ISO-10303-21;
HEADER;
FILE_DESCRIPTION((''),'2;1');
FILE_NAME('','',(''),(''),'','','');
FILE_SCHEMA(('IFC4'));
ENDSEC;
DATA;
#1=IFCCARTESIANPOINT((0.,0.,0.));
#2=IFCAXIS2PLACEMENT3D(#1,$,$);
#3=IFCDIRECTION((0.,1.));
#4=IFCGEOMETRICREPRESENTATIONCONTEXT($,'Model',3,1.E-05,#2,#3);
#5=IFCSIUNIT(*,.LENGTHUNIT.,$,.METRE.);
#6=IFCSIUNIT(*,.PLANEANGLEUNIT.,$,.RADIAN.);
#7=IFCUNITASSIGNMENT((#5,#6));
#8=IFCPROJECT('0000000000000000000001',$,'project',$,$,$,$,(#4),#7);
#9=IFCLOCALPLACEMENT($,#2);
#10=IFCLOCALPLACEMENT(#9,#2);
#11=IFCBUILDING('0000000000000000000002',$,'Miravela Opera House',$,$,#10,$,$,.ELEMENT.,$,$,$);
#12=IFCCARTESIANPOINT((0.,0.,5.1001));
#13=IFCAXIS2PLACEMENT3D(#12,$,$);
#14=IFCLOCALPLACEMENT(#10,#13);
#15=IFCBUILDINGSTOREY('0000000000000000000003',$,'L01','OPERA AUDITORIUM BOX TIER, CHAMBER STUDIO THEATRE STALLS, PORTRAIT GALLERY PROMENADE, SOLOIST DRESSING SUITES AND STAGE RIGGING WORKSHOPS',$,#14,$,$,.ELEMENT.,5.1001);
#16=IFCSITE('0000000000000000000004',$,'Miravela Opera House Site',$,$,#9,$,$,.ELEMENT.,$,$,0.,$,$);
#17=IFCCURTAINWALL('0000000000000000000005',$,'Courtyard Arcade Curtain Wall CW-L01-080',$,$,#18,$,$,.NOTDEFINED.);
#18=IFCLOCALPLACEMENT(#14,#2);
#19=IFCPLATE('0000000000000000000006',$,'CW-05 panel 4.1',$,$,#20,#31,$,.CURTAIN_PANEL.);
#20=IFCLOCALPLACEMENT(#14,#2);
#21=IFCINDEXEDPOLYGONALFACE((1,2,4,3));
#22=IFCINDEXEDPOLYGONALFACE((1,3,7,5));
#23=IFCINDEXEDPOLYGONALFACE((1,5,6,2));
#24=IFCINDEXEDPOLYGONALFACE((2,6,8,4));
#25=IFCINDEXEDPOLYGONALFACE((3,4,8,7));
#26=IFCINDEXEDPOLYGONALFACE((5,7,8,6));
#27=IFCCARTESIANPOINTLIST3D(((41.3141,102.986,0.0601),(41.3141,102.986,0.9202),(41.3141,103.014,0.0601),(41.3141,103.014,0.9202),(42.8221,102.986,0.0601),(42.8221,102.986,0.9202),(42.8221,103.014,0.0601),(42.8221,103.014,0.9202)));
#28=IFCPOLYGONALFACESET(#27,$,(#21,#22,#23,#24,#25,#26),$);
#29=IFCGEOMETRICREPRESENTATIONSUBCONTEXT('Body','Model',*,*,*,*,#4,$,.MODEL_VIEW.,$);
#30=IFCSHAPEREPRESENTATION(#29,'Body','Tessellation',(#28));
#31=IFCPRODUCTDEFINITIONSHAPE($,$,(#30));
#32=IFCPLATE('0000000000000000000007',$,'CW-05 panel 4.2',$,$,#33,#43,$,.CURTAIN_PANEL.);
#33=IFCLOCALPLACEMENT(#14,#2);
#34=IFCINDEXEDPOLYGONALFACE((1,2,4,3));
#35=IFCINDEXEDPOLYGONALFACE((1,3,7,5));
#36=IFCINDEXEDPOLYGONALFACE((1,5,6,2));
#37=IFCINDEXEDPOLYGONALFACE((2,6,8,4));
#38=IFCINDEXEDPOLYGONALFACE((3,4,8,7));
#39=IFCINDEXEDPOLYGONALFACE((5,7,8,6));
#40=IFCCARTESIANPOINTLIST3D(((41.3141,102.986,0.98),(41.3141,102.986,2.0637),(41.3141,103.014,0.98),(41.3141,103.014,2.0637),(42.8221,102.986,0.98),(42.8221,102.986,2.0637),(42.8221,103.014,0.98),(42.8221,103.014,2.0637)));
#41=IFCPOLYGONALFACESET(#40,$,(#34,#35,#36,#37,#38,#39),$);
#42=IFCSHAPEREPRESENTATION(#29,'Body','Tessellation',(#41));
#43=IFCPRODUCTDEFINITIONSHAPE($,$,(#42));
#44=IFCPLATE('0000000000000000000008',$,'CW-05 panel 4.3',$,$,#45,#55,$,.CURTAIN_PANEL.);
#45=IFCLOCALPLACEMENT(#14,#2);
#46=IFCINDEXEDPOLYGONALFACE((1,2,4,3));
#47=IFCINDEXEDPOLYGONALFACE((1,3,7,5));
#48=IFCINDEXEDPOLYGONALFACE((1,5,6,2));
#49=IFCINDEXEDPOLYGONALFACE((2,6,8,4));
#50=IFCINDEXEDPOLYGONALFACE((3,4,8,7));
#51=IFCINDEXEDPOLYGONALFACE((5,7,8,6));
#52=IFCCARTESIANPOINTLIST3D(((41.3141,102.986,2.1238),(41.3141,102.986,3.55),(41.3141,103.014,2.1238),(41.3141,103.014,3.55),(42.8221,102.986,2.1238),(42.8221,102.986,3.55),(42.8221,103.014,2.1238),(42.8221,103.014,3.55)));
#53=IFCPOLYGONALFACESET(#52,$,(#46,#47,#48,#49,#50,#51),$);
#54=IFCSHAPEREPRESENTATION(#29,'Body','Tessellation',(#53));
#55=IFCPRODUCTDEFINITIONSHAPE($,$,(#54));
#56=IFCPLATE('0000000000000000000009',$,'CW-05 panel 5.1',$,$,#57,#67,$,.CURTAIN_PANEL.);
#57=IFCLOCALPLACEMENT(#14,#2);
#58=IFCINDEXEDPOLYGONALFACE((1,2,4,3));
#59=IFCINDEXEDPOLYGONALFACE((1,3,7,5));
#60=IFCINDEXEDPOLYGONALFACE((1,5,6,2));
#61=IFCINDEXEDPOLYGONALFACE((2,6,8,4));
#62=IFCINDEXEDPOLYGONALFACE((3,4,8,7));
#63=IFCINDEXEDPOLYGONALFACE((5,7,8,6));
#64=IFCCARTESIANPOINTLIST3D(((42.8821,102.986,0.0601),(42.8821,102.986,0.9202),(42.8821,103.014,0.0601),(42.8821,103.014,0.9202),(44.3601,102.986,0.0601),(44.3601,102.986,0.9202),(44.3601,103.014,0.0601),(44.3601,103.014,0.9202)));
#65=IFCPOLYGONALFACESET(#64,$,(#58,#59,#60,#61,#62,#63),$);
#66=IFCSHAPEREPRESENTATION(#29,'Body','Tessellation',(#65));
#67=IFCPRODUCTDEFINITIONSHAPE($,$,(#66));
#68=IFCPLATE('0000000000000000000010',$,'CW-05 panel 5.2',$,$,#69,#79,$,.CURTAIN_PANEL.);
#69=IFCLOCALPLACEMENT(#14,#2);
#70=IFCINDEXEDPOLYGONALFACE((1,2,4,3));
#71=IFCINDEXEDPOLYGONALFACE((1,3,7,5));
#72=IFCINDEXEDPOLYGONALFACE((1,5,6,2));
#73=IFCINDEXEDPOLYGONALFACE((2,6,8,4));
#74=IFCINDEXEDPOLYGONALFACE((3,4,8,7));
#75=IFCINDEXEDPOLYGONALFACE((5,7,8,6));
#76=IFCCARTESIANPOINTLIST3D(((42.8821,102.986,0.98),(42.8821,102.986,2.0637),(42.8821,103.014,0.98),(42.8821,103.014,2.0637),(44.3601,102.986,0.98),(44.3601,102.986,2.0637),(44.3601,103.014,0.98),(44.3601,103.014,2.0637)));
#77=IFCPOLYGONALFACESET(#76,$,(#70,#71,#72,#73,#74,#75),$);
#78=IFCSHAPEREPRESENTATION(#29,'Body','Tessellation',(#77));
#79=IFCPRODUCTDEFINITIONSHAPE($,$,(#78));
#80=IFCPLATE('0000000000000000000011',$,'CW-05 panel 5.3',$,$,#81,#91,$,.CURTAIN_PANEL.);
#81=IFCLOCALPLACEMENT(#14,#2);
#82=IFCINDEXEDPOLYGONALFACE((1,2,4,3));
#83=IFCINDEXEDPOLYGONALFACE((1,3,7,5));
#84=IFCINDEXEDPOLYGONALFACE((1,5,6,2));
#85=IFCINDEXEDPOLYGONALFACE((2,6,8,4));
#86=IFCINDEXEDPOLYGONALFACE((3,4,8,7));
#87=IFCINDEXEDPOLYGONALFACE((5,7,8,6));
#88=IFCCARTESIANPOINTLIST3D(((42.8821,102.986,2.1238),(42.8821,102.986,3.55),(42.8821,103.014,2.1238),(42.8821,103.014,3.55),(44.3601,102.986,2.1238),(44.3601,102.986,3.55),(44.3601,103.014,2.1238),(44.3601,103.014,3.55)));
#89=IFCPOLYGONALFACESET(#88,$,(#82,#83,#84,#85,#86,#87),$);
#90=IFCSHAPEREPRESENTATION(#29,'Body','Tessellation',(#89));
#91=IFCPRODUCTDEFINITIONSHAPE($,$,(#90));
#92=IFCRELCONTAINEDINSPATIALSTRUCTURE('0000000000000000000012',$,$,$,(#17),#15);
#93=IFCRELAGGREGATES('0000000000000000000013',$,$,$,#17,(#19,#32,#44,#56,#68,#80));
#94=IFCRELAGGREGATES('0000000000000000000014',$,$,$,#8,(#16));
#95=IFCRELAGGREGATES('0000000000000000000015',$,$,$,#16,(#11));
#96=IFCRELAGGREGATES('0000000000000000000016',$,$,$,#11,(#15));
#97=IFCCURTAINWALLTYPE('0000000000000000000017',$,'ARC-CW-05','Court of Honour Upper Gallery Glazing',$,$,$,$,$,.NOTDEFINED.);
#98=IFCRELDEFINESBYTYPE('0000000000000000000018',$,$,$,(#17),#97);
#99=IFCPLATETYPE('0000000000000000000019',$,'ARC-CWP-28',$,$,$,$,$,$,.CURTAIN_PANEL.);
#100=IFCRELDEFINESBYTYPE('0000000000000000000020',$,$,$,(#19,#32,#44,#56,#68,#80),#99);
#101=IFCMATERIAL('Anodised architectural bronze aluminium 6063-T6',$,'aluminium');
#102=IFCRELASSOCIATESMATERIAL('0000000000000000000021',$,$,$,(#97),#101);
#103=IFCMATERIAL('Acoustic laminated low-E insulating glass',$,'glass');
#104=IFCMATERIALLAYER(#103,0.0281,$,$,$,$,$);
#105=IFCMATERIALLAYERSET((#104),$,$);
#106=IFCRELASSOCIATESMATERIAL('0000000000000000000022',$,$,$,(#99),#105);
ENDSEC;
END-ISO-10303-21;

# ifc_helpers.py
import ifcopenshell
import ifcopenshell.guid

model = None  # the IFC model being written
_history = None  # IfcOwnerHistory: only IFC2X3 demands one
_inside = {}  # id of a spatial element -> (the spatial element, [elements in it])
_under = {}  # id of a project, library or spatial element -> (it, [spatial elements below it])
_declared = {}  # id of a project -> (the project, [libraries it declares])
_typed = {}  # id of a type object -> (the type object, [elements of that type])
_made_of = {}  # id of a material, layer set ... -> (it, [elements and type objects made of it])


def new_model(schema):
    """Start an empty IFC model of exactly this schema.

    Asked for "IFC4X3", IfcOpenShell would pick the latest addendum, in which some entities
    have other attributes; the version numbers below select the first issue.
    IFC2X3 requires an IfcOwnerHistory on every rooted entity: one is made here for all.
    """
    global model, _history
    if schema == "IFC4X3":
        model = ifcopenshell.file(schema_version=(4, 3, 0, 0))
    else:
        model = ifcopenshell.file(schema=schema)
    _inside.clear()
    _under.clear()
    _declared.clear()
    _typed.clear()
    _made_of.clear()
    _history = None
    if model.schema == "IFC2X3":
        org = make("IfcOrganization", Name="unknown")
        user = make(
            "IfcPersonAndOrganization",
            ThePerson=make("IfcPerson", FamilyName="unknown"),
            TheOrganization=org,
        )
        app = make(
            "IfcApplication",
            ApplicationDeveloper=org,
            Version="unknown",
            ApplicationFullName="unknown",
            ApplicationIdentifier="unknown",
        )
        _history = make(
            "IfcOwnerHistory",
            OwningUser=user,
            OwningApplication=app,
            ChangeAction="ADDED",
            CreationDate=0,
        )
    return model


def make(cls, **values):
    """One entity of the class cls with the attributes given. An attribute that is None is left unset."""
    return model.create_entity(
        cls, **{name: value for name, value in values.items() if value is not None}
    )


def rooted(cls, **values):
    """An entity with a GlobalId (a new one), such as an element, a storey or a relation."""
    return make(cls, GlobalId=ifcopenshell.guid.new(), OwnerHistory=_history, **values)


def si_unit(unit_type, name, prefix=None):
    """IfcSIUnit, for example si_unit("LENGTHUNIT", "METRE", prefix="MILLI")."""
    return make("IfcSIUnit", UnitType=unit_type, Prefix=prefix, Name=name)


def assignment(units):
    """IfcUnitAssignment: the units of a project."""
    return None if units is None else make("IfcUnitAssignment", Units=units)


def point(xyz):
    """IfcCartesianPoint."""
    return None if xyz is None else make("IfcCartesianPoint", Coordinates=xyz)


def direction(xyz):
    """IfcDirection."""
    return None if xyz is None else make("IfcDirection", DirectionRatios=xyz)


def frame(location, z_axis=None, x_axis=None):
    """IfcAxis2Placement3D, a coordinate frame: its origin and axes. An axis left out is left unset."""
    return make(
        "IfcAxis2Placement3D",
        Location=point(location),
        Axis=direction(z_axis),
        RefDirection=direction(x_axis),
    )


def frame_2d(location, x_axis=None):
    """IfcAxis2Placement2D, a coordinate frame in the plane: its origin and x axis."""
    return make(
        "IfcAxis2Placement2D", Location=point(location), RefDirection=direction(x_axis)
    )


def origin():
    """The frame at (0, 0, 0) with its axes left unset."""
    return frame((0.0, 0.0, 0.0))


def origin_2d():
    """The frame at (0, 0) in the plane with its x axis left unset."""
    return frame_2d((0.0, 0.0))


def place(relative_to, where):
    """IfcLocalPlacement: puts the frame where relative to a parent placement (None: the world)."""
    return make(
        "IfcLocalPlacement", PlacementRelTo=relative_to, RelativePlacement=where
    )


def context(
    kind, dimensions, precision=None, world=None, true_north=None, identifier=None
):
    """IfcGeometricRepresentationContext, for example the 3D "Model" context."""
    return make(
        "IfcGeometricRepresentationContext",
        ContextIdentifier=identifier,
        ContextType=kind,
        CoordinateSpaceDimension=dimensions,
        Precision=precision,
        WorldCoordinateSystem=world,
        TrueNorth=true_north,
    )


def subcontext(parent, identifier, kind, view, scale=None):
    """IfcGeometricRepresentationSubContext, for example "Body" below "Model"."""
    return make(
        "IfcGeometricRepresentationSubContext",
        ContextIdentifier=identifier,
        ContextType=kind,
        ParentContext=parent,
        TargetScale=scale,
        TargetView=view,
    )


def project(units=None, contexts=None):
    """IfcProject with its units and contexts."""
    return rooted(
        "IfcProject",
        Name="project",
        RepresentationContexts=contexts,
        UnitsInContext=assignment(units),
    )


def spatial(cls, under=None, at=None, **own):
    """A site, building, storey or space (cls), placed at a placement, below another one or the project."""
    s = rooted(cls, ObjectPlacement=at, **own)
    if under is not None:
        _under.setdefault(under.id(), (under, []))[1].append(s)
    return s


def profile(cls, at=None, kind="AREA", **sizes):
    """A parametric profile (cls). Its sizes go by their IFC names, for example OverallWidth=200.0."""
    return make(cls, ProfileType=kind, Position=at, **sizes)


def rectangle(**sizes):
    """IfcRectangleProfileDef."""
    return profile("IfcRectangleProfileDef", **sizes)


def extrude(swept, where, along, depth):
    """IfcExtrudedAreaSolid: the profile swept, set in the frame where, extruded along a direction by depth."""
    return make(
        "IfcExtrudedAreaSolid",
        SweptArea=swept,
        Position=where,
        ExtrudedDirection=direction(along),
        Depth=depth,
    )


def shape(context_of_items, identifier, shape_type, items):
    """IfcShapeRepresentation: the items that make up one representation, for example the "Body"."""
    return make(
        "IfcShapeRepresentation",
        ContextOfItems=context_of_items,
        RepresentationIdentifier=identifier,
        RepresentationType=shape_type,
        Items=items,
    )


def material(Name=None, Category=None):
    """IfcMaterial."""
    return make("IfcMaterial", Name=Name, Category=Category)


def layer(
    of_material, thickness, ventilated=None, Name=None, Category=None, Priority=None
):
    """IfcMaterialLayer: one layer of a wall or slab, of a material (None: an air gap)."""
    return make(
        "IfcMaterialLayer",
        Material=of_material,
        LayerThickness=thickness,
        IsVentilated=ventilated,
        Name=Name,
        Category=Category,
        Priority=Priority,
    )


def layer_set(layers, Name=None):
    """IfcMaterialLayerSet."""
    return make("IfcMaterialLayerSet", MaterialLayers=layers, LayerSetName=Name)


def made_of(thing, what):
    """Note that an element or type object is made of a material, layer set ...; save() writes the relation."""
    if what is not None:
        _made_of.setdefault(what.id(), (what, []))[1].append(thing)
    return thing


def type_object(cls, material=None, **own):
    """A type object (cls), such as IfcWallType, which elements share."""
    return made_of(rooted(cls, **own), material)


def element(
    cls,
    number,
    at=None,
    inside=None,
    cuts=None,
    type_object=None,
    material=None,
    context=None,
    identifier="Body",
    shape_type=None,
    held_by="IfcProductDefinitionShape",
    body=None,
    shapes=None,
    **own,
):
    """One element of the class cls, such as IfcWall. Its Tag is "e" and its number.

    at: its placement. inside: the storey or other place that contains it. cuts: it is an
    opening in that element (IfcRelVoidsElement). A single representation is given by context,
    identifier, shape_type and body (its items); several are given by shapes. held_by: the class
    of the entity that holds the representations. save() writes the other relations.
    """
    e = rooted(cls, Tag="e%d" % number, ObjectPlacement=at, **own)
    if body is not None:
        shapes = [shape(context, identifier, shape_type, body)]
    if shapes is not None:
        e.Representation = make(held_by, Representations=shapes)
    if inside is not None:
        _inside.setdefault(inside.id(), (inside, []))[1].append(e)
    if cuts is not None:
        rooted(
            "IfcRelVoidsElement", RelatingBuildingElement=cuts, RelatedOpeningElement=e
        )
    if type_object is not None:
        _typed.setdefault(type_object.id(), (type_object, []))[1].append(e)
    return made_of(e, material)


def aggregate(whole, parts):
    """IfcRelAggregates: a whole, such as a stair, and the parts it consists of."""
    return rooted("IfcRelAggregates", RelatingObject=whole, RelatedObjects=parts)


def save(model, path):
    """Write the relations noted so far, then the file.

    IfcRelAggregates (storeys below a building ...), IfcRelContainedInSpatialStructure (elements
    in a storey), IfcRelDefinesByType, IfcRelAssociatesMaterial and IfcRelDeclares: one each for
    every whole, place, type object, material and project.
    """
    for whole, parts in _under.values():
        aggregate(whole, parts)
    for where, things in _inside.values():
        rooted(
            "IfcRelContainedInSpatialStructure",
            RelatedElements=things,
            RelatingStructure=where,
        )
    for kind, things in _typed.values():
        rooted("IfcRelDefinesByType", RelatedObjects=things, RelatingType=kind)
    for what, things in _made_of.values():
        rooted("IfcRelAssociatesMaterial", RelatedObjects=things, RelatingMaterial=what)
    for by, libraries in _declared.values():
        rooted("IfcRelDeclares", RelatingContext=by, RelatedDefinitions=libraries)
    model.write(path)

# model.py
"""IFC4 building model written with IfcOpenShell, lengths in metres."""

from ifc_helpers import new_model, si_unit, direction, frame, origin, origin_2d, place, context, subcontext, project, spatial, rectangle, extrude, material, layer, layer_set, type_object, element, aggregate, save


model = new_model("IFC4")

# Units and contexts
model_context = context("Model", 3, precision=1e-05, world=origin(), true_north=direction((0.0, 1.0)))
body_context = subcontext(model_context, "Body", "Model", "MODEL_VIEW")
ifc_project = project(units=[si_unit("LENGTHUNIT", "METRE"), si_unit("PLANEANGLEUNIT", "RADIAN")], contexts=[model_context])

# Site, building, storey
site_placement = place(None, origin())
site = spatial("IfcSite", under=ifc_project, at=site_placement, Name="Miravela Opera House Site", CompositionType="ELEMENT", RefElevation=0.0)
building_placement = place(site_placement, origin())
building = spatial("IfcBuilding", under=site, at=building_placement, Name="Miravela Opera House", CompositionType="ELEMENT")
storey_placement = place(building_placement, frame((0.0, 0.0, 5.1001)))
storey = spatial("IfcBuildingStorey", under=building, at=storey_placement, Name="L01", Description="OPERA AUDITORIUM BOX TIER, CHAMBER STUDIO THEATRE STALLS, PORTRAIT GALLERY PROMENADE, SOLOIST DRESSING SUITES AND STAGE RIGGING WORKSHOPS", CompositionType="ELEMENT", Elevation=5.1001)

# Curtain wall
ifc_material_1 = material(Name="Anodised architectural bronze aluminium 6063-T6", Category="aluminium")
curtain_wall_type = type_object("IfcCurtainWallType", Name="ARC-CW-05", Description="Court of Honour Upper Gallery Glazing", PredefinedType="NOTDEFINED", material=ifc_material_1)
curtain_wall_placement = place(storey_placement, origin())
curtain_wall = element("IfcCurtainWall", 1, at=curtain_wall_placement, inside=storey, type_object=curtain_wall_type, Name="Courtyard Arcade Curtain Wall CW-L01-080", PredefinedType="NOTDEFINED")

# Plates
ifc_material_2 = material(Name="Acoustic laminated low-E insulating glass", Category="glass")
ifc_layer = layer(ifc_material_2, 0.0281)
ifc_layer_set = layer_set([ifc_layer])
plate_type = type_object("IfcPlateType", Name="ARC-CWP-28", PredefinedType="CURTAIN_PANEL", material=ifc_layer_set)
plate_1_placement = place(storey_placement, frame((42.0681, 103.0, 0.0601), z_axis=(0.0, 0.0, 1.0), x_axis=(1.0, 0.0, 0.0)))
plate_1 = element("IfcPlate", 2, at=plate_1_placement, type_object=plate_type, Name="CW-05 panel 4.1", PredefinedType="CURTAIN_PANEL", context=body_context, shape_type="SweptSolid", body=[
    extrude(rectangle(XDim=1.5081, YDim=0.0281, at=origin_2d()), origin(), (0.0, 0.0, 1.0), 0.8601),
])
plate_2_placement = place(storey_placement, frame((42.0681, 103.0, 0.98), z_axis=(0.0, 0.0, 1.0), x_axis=(1.0, 0.0, 0.0)))
plate_2 = element("IfcPlate", 3, at=plate_2_placement, type_object=plate_type, Name="CW-05 panel 4.2", PredefinedType="CURTAIN_PANEL", context=body_context, shape_type="SweptSolid", body=[
    extrude(rectangle(XDim=1.5081, YDim=0.0281, at=origin_2d()), origin(), (0.0, 0.0, 1.0), 1.0837),
])
plate_3_placement = place(storey_placement, frame((42.0681, 103.0, 2.1238), z_axis=(0.0, 0.0, 1.0), x_axis=(1.0, 0.0, 0.0)))
plate_3 = element("IfcPlate", 4, at=plate_3_placement, type_object=plate_type, Name="CW-05 panel 4.3", PredefinedType="CURTAIN_PANEL", context=body_context, shape_type="SweptSolid", body=[
    extrude(rectangle(XDim=1.5081, YDim=0.0281, at=origin_2d()), origin(), (0.0, 0.0, 1.0), 1.4263),
])
plate_4_placement = place(storey_placement, frame((43.6211, 103.0, 0.0601), z_axis=(0.0, 0.0, 1.0), x_axis=(1.0, 0.0, 0.0)))
plate_4 = element("IfcPlate", 5, at=plate_4_placement, type_object=plate_type, Name="CW-05 panel 5.1", PredefinedType="CURTAIN_PANEL", context=body_context, shape_type="SweptSolid", body=[
    extrude(rectangle(XDim=1.478, YDim=0.0281, at=origin_2d()), origin(), (0.0, 0.0, 1.0), 0.8601),
])
plate_5_placement = place(storey_placement, frame((43.6211, 103.0, 0.98), z_axis=(0.0, 0.0, 1.0), x_axis=(1.0, 0.0, 0.0)))
plate_5 = element("IfcPlate", 6, at=plate_5_placement, type_object=plate_type, Name="CW-05 panel 5.2", PredefinedType="CURTAIN_PANEL", context=body_context, shape_type="SweptSolid", body=[
    extrude(rectangle(XDim=1.478, YDim=0.0281, at=origin_2d()), origin(), (0.0, 0.0, 1.0), 1.0837),
])
plate_6_placement = place(storey_placement, frame((43.6211, 103.0, 2.1238), z_axis=(0.0, 0.0, 1.0), x_axis=(1.0, 0.0, 0.0)))
plate_6 = element("IfcPlate", 7, at=plate_6_placement, type_object=plate_type, Name="CW-05 panel 5.3", PredefinedType="CURTAIN_PANEL", context=body_context, shape_type="SweptSolid", body=[
    extrude(rectangle(XDim=1.478, YDim=0.0281, at=origin_2d()), origin(), (0.0, 0.0, 1.0), 1.4263),
])
aggregate(curtain_wall, [plate_1, plate_2, plate_3, plate_4, plate_5, plate_6])

save(model, "model.ifc")
